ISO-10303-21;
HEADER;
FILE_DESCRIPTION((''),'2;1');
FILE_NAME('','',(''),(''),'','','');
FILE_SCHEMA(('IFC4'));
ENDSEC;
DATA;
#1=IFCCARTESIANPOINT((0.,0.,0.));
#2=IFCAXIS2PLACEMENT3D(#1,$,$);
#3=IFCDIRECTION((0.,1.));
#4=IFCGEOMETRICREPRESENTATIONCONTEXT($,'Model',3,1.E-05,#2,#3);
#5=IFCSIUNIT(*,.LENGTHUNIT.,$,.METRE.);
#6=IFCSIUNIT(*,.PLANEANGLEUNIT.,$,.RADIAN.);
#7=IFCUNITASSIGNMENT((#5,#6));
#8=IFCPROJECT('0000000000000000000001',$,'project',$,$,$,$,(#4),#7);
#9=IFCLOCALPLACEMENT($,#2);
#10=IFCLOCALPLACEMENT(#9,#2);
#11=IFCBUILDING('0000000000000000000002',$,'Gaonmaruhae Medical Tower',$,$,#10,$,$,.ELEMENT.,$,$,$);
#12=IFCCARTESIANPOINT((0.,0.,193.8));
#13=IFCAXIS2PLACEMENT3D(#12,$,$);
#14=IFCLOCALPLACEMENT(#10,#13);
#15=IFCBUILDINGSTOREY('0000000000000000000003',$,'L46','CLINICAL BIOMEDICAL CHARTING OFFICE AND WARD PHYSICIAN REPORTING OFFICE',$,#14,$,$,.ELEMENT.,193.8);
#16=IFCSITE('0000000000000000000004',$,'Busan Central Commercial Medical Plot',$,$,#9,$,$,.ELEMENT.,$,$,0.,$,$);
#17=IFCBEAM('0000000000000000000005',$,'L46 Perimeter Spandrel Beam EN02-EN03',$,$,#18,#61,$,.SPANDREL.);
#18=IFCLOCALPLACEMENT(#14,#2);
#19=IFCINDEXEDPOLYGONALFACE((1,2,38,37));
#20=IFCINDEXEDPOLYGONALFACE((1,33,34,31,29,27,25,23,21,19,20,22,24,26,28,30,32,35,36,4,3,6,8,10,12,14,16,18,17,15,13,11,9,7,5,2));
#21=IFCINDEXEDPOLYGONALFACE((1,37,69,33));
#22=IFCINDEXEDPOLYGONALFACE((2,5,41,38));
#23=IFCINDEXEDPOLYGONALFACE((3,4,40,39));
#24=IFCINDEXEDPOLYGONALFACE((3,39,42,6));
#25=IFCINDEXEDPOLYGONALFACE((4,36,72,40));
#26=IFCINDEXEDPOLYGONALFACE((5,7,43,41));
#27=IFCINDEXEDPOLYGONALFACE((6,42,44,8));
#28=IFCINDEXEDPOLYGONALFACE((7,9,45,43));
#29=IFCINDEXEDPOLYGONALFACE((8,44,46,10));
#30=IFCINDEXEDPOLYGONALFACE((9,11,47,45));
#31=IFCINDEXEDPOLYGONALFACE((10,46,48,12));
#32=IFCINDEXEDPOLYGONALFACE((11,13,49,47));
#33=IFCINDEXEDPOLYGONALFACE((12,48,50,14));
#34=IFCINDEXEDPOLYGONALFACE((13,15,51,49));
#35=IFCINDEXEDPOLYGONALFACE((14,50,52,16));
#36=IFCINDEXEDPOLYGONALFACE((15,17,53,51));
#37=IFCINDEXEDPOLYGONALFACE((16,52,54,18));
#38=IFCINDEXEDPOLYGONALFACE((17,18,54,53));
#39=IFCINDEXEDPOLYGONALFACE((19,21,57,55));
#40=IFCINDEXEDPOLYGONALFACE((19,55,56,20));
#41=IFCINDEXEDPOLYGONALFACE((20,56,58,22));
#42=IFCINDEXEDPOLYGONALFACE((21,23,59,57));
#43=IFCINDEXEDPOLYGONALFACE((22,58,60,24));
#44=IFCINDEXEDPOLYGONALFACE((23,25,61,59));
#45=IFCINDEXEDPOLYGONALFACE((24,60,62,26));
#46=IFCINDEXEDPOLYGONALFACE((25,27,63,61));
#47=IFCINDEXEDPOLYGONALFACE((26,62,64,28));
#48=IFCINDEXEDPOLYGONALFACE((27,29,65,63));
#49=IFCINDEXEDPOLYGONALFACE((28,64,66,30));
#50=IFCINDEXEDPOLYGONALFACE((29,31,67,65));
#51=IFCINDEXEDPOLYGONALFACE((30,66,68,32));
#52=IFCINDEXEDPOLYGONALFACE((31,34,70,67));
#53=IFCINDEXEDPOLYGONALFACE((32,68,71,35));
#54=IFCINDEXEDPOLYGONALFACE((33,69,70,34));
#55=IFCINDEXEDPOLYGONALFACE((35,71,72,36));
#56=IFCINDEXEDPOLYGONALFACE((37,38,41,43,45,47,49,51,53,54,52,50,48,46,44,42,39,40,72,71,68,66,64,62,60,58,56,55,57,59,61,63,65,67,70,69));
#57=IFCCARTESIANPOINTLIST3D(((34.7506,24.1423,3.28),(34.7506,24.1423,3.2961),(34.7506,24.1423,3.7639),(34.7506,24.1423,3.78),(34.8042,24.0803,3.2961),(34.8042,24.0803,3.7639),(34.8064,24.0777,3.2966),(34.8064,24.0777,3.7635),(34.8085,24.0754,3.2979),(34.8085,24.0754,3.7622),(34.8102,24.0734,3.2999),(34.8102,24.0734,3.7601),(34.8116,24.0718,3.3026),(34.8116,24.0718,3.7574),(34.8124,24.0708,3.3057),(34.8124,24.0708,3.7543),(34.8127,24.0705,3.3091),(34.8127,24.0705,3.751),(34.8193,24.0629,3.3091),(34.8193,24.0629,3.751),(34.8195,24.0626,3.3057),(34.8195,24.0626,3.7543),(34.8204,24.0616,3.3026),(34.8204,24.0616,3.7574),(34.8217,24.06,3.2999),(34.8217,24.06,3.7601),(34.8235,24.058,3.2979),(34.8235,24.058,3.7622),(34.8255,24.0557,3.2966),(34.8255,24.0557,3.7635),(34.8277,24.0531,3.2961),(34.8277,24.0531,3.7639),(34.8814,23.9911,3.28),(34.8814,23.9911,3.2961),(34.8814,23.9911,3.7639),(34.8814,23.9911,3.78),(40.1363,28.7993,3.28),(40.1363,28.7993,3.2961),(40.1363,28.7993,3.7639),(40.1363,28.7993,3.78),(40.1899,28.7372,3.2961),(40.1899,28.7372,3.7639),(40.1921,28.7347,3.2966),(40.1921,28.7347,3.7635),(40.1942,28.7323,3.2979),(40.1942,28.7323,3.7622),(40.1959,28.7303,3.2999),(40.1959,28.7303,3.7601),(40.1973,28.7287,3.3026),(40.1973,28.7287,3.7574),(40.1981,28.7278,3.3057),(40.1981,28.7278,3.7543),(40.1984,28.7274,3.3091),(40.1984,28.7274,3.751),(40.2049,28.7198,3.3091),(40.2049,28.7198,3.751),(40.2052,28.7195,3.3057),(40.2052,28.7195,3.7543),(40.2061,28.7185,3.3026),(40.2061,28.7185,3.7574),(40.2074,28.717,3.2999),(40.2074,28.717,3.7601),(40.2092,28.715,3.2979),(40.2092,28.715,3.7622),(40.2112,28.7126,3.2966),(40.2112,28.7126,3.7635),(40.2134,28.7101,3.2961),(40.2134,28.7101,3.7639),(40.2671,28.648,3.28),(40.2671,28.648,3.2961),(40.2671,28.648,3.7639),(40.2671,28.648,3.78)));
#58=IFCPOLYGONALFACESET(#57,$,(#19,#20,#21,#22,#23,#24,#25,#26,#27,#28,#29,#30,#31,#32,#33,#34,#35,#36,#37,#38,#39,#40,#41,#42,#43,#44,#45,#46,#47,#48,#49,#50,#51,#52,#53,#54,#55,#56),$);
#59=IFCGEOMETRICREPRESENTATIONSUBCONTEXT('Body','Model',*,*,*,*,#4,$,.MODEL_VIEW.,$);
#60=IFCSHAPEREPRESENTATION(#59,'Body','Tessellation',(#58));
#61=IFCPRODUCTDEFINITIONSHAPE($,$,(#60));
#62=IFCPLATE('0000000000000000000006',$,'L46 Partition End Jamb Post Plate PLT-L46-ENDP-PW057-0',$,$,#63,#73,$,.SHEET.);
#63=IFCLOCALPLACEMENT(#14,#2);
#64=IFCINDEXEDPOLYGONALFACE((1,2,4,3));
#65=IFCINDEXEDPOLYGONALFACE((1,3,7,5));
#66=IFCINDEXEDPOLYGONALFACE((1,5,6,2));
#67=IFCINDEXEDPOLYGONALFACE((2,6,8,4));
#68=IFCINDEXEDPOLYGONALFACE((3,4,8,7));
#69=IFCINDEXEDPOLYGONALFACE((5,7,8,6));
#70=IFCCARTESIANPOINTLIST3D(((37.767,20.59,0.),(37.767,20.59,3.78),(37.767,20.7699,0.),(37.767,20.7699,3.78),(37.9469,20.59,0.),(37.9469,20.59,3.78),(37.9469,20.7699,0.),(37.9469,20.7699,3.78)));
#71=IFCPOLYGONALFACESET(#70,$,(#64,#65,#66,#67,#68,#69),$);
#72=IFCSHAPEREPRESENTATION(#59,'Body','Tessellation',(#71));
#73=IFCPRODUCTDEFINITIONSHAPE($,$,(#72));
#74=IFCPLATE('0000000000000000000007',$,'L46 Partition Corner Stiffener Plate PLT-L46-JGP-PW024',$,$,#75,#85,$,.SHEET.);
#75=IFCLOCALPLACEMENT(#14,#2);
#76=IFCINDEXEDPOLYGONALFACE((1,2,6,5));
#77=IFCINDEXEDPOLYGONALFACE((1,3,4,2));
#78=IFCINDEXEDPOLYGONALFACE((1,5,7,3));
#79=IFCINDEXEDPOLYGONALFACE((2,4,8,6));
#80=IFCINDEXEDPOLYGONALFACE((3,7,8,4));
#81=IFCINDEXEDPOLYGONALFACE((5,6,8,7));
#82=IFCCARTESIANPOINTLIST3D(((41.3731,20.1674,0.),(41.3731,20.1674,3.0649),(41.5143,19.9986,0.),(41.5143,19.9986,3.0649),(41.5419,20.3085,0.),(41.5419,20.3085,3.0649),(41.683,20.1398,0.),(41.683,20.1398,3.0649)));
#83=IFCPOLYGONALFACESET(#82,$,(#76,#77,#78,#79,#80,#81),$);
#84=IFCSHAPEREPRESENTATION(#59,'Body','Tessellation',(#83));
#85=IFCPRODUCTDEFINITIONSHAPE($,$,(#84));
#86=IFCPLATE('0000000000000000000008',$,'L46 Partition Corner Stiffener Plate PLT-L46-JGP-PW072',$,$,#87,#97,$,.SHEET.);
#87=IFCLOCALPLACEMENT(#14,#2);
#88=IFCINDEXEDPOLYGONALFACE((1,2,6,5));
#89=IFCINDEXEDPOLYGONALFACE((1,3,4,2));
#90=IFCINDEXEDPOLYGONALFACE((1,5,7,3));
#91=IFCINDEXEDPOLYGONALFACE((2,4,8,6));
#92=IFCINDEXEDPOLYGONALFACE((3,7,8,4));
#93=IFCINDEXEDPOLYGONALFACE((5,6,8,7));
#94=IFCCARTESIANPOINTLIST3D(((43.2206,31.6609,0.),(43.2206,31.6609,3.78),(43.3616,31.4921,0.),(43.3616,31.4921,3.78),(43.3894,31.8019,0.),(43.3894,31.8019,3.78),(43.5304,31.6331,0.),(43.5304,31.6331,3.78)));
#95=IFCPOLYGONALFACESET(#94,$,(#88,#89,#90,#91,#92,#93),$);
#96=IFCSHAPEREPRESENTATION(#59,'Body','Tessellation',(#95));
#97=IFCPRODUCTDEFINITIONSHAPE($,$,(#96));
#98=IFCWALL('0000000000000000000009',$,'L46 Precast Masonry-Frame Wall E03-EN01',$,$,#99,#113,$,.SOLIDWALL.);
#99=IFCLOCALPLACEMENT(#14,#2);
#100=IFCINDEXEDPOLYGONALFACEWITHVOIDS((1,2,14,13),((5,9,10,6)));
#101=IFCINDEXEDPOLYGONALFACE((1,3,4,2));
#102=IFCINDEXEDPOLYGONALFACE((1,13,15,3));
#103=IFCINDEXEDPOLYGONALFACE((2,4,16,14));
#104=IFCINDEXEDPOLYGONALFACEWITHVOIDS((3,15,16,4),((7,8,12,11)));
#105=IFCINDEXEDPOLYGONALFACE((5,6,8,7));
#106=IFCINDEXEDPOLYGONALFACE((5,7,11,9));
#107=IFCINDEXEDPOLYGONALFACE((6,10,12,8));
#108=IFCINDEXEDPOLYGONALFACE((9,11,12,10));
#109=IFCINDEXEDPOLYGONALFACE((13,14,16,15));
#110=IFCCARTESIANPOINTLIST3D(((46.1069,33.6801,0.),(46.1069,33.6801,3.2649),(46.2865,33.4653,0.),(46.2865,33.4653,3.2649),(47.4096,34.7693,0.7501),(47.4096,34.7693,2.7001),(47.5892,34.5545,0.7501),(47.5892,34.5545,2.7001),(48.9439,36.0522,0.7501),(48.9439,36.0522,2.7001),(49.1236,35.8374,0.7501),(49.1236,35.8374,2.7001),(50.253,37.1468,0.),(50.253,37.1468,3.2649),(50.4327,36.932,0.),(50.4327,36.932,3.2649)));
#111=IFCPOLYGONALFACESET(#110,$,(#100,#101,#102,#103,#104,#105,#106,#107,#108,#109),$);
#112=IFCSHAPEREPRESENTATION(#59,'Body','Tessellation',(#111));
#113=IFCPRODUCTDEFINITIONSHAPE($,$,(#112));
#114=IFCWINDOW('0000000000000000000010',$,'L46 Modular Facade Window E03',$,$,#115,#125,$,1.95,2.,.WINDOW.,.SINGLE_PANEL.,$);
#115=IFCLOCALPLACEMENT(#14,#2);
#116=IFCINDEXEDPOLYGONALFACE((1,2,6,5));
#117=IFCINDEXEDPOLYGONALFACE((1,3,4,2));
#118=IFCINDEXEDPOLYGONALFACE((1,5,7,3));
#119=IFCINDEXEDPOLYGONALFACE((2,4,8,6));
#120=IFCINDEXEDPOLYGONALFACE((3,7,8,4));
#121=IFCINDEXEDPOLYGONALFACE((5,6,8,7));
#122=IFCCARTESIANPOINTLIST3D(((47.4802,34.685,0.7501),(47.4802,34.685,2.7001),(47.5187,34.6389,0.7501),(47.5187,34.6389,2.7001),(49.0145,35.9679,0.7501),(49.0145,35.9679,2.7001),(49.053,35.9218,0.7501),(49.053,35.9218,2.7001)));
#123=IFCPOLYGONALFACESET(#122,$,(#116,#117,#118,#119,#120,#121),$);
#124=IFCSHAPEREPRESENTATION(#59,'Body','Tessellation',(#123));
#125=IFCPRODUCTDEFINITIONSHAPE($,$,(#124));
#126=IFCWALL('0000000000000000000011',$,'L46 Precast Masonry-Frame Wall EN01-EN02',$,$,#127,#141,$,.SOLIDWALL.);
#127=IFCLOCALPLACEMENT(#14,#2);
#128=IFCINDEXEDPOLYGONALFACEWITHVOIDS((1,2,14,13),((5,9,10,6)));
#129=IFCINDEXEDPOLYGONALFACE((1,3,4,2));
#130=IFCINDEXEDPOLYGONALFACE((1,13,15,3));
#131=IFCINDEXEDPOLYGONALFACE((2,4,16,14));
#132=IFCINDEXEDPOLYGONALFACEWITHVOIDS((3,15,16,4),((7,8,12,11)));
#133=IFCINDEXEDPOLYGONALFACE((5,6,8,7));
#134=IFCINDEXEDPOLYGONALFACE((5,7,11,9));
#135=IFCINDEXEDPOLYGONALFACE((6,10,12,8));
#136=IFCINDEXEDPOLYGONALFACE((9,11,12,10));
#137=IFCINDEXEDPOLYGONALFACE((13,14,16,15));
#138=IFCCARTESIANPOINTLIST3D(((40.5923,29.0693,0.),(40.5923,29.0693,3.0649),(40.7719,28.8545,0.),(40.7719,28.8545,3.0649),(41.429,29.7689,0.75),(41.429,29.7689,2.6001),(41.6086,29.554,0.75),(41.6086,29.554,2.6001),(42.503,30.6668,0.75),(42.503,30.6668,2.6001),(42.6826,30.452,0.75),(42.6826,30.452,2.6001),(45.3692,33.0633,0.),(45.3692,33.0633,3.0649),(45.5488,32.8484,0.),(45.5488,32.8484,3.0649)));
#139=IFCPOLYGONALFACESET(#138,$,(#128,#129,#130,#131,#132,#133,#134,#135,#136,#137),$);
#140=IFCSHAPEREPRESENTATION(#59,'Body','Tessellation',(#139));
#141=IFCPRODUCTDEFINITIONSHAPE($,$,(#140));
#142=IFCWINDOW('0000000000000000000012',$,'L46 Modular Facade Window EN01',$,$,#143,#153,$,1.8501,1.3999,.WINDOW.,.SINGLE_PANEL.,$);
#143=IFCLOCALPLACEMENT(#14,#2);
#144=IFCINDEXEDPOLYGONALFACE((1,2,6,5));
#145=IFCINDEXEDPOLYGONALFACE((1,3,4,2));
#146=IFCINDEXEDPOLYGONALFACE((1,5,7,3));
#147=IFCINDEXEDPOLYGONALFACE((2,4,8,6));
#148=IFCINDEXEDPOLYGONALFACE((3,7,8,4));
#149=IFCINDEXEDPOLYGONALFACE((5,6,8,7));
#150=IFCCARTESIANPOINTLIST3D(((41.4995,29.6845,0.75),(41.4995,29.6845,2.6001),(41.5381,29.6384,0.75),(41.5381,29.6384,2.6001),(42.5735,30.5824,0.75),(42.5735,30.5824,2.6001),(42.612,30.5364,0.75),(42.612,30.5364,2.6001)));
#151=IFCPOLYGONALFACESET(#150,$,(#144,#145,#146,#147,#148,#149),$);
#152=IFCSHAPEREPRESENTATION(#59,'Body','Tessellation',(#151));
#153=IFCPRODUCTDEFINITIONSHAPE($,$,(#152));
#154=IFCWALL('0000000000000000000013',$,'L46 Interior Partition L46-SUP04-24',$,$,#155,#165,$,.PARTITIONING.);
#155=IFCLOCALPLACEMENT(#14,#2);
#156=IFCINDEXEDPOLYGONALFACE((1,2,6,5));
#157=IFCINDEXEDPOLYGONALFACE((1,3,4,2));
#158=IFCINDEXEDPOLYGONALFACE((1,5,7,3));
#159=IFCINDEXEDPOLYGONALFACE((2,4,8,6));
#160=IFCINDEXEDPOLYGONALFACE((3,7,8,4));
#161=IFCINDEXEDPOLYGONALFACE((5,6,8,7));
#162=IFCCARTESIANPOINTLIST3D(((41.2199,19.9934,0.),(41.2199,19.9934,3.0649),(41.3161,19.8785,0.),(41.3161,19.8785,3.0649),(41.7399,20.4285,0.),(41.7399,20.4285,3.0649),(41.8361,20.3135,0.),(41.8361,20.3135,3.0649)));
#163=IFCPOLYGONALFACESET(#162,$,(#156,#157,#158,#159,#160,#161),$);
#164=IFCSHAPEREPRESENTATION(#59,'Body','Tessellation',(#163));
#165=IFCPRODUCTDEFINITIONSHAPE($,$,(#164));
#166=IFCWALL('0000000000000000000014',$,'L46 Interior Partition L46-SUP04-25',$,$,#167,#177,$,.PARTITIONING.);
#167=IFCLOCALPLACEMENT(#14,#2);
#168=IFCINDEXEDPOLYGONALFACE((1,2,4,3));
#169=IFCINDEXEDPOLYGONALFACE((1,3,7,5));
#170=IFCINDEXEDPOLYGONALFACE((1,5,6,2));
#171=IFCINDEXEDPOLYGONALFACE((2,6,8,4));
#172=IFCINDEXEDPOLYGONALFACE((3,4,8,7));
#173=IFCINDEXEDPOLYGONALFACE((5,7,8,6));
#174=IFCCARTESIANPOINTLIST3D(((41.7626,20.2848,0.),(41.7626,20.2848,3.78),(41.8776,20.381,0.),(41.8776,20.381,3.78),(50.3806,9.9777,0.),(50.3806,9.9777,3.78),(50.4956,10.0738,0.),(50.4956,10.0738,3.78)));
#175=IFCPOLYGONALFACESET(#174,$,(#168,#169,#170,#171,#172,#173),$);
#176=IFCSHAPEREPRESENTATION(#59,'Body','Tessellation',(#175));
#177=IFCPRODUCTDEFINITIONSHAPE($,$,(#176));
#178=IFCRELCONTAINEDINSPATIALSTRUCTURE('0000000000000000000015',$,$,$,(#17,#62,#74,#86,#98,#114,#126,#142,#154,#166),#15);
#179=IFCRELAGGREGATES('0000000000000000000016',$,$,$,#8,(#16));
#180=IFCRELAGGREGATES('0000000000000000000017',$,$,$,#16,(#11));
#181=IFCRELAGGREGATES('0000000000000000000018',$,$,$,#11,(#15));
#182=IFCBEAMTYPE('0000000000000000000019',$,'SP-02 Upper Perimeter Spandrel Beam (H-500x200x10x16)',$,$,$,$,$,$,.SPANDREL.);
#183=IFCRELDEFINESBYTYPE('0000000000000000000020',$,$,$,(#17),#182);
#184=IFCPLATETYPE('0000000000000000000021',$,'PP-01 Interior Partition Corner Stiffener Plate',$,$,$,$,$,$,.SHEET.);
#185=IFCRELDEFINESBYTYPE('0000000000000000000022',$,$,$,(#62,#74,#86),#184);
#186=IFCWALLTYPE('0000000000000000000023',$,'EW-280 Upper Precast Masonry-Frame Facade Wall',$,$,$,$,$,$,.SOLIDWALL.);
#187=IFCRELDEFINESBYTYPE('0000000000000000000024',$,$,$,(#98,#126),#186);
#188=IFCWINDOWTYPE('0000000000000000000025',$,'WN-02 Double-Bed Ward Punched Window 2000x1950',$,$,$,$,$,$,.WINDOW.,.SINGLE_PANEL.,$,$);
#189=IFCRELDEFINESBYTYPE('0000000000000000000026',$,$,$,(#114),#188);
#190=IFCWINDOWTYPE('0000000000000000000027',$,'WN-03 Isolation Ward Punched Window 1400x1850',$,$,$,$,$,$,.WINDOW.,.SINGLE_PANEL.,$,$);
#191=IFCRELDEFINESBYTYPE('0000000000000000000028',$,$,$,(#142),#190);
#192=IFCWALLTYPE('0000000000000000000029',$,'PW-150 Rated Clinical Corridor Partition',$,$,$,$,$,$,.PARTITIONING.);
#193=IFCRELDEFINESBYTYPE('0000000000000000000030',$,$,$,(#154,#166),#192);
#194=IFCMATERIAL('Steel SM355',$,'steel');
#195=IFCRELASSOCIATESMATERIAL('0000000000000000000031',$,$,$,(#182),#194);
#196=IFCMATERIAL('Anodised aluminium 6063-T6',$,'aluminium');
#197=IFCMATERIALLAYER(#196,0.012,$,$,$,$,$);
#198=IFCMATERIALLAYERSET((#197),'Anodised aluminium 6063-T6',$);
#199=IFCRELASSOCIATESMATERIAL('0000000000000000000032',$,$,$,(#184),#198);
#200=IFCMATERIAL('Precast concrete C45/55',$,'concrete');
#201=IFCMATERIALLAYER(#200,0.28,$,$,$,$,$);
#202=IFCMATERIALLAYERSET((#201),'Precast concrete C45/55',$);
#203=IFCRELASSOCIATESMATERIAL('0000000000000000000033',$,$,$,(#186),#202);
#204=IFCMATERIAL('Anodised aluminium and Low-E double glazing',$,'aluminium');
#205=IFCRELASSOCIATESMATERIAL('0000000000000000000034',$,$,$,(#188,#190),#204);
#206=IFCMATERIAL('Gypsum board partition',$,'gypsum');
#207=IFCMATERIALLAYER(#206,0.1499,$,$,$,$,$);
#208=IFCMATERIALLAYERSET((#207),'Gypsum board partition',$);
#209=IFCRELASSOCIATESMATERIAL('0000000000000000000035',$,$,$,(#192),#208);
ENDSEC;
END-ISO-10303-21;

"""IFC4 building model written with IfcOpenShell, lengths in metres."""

from ifc_helpers import new_model, si_unit, direction, frame, frame_2d, origin, origin_2d, place, context, subcontext, project, spatial, rectangle, i_section, extrude, material, layer, layer_set, material_profile, profile_set, type_object, element, fill, save


model = new_model("IFC4")

# Units and contexts
model_context = context("Model", 3, precision=1e-05, world=origin(), true_north=direction((0.0, 1.0)))
body_context = subcontext(model_context, "Body", "Model", "MODEL_VIEW")
ifc_project = project(units=[si_unit("LENGTHUNIT", "METRE"), si_unit("PLANEANGLEUNIT", "RADIAN")], contexts=[model_context])

# Site, building, storey
site_placement = place(None, origin())
site = spatial("IfcSite", under=ifc_project, at=site_placement, Name="Busan Central Commercial Medical Plot", CompositionType="ELEMENT", RefElevation=0.0)
building_placement = place(site_placement, origin())
building = spatial("IfcBuilding", under=site, at=building_placement, Name="Gaonmaruhae Medical Tower", CompositionType="ELEMENT")
storey_placement = place(building_placement, frame((0.0, 0.0, 193.8)))
storey = spatial("IfcBuildingStorey", under=building, at=storey_placement, Name="L46", Description="CLINICAL BIOMEDICAL CHARTING OFFICE AND WARD PHYSICIAN REPORTING OFFICE", CompositionType="ELEMENT", Elevation=193.8)

# Beam
ifc_material_1 = material(Name="Steel SM355", Category="steel")
ifc_material_profile_1 = material_profile(ifc_material_1, i_section(OverallWidth=0.2, OverallDepth=0.5, WebThickness=0.01, FlangeThickness=0.0161, FilletRadius=0.0129, at=origin_2d()), Name="H-500x200x10x16")
ifc_profile_set_1 = profile_set([ifc_material_profile_1], Name="Steel SM355")
beam_type_1 = type_object("IfcBeamType", Name="SP-02 Upper Perimeter Spandrel Beam (H-500x200x10x16)", PredefinedType="SPANDREL", material=ifc_profile_set_1)
for number, where, z_axis, x_axis, name in (
    (1, (40.2017, 28.7236, 3.53), (-0.75643, -0.654075, 0.0), (0.654075, -0.75643, 0.0), "L46 Perimeter Spandrel Beam EN02-EN03"),
):
    element("IfcBeam", number, at=place(storey_placement, frame(where, z_axis=z_axis, x_axis=x_axis)), inside=storey, type_object=beam_type_1, Name=name, PredefinedType="SPANDREL", context=body_context, shape_type="SweptSolid", body=[
        extrude(i_section(OverallWidth=0.2, OverallDepth=0.5, WebThickness=0.01, FlangeThickness=0.0161, FilletRadius=0.0129, at=origin_2d()), origin(), (0.0, 0.0, 1.0), 7.1199),
    ])

# Plates
ifc_material_2 = material(Name="Anodised aluminium 6063-T6", Category="aluminium")
ifc_layer_1 = layer(ifc_material_2, 0.012)
ifc_layer_set_1 = layer_set([ifc_layer_1], Name="Anodised aluminium 6063-T6")
plate_type = type_object("IfcPlateType", Name="PP-01 Interior Partition Corner Stiffener Plate", PredefinedType="SHEET", material=ifc_layer_set_1)
plate_1_placement = place(storey_placement, frame((37.8569, 20.6799, 0.0), z_axis=(0.0, 0.0, 1.0), x_axis=(-1.0, 0.0, 0.0)))
element("IfcPlate", 2, at=plate_1_placement, inside=storey, type_object=plate_type, Name="L46 Partition End Jamb Post Plate PLT-L46-ENDP-PW057-0", PredefinedType="SHEET", context=body_context, shape_type="SweptSolid", body=[
    extrude(rectangle(XDim=0.1799, YDim=0.1799, at=origin_2d()), origin(), (0.0, 0.0, 1.0), 3.78),
])
plate_2_placement = place(storey_placement, frame((41.5281, 20.1536, 0.0), z_axis=(0.0, 0.0, 1.0), x_axis=(0.767008, 0.641637, 0.0)))
element("IfcPlate", 3, at=plate_2_placement, inside=storey, type_object=plate_type, Name="L46 Partition Corner Stiffener Plate PLT-L46-JGP-PW024", PredefinedType="SHEET", context=body_context, shape_type="SweptSolid", body=[
    extrude(rectangle(XDim=0.22, YDim=0.22, at=origin_2d()), origin(), (0.0, 0.0, 1.0), 3.0649),
])
plate_3_placement = place(storey_placement, frame((43.3755, 31.647, 0.0), z_axis=(0.0, 0.0, 1.0), x_axis=(0.641088, -0.767467, 0.0)))
element("IfcPlate", 4, at=plate_3_placement, inside=storey, type_object=plate_type, Name="L46 Partition Corner Stiffener Plate PLT-L46-JGP-PW072", PredefinedType="SHEET", context=body_context, shape_type="SweptSolid", body=[
    extrude(rectangle(XDim=0.22, YDim=0.22, at=origin_2d()), origin(), (0.0, 0.0, 1.0), 3.78),
])

# Walls, openings, windows
ifc_material_3 = material(Name="Precast concrete C45/55", Category="concrete")
ifc_layer_2 = layer(ifc_material_3, 0.28)
ifc_layer_set_2 = layer_set([ifc_layer_2], Name="Precast concrete C45/55")
wall_type_1 = type_object("IfcWallType", Name="EW-280 Upper Precast Masonry-Frame Facade Wall", PredefinedType="SOLIDWALL", material=ifc_layer_set_2)
wall_1_placement = place(storey_placement, frame((46.1968, 33.5728, 0.0), z_axis=(0.0, 0.0, 1.0), x_axis=(0.767165, 0.64145, 0.0)))
wall_1 = element("IfcWall", 5, at=wall_1_placement, inside=storey, type_object=wall_type_1, Name="L46 Precast Masonry-Frame Wall E03-EN01", PredefinedType="SOLIDWALL", context=body_context, shape_type="SweptSolid", body=[
    extrude(rectangle(XDim=5.4045, YDim=0.28, at=frame_2d((2.7021, 0.0))), origin(), (0.0, 0.0, 1.0), 3.2649),
])
opening_1_placement = place(wall_1_placement, frame((1.698, 0.0, 0.75)))
opening_1 = element("IfcOpeningElement", 6, at=opening_1_placement, cuts=wall_1, PredefinedType="OPENING", context=body_context, shape_type="SweptSolid", body=[
    extrude(rectangle(XDim=2.0, YDim=1.95, at=frame_2d((1.0, 0.9751))), frame((0.0, 0.1499, 0.0), z_axis=(0.0, -1.0, 0.0), x_axis=(1.0, 0.0, 0.0)), (0.0, 0.0, 1.0), 0.3),
])
ifc_material_4 = material(Name="Anodised aluminium and Low-E double glazing", Category="aluminium")
window_type_1 = type_object("IfcWindowType", Name="WN-02 Double-Bed Ward Punched Window 2000x1950", PartitioningType="SINGLE_PANEL", PredefinedType="WINDOW", material=ifc_material_4)
window_1_placement = place(opening_1_placement, origin())
window_1 = element("IfcWindow", 7, at=window_1_placement, inside=storey, type_object=window_type_1, Name="L46 Modular Facade Window E03", OverallHeight=1.95, OverallWidth=2.0, PartitioningType="SINGLE_PANEL", PredefinedType="WINDOW", context=body_context, shape_type="SweptSolid", body=[
    extrude(rectangle(XDim=2.0, YDim=1.95, at=frame_2d((1.0, 0.9751))), frame((0.0, 0.03, 0.0), z_axis=(0.0, -1.0, 0.0), x_axis=(1.0, 0.0, 0.0)), (0.0, 0.0, 1.0), 0.0601),
])
fill(opening_1, window_1)
wall_2_placement = place(storey_placement, frame((40.6821, 28.9619, 0.0), z_axis=(0.0, 0.0, 1.0), x_axis=(0.767179, 0.641433, 0.0)))
wall_2 = element("IfcWall", 8, at=wall_2_placement, inside=storey, type_object=wall_type_1, Name="L46 Precast Masonry-Frame Wall EN01-EN02", PredefinedType="SOLIDWALL", context=body_context, shape_type="SweptSolid", body=[
    extrude(rectangle(XDim=6.2266, YDim=0.28, at=frame_2d((3.1133, 0.0))), origin(), (0.0, 0.0, 1.0), 3.0649),
])
opening_2_placement = place(wall_2_placement, frame((1.0906, 0.0, 0.75)))
opening_2 = element("IfcOpeningElement", 9, at=opening_2_placement, cuts=wall_2, PredefinedType="OPENING", context=body_context, shape_type="SweptSolid", body=[
    extrude(rectangle(XDim=1.3999, YDim=1.8501, at=frame_2d((0.7, 0.925))), frame((0.0, 0.1499, 0.0), z_axis=(0.0, -1.0, 0.0), x_axis=(1.0, 0.0, 0.0)), (0.0, 0.0, 1.0), 0.3),
])
window_type_2 = type_object("IfcWindowType", Name="WN-03 Isolation Ward Punched Window 1400x1850", PartitioningType="SINGLE_PANEL", PredefinedType="WINDOW", material=ifc_material_4)
window_2_placement = place(opening_2_placement, origin())
window_2 = element("IfcWindow", 10, at=window_2_placement, inside=storey, type_object=window_type_2, Name="L46 Modular Facade Window EN01", OverallHeight=1.8501, OverallWidth=1.3999, PartitioningType="SINGLE_PANEL", PredefinedType="WINDOW", context=body_context, shape_type="SweptSolid", body=[
    extrude(rectangle(XDim=1.3999, YDim=1.8501, at=frame_2d((0.7, 0.925))), frame((0.0, 0.03, 0.0), z_axis=(0.0, -1.0, 0.0), x_axis=(1.0, 0.0, 0.0)), (0.0, 0.0, 1.0), 0.0601),
])
fill(opening_2, window_2)

# Walls
ifc_material_5 = material(Name="Gypsum board partition", Category="gypsum")
ifc_layer_3 = layer(ifc_material_5, 0.1499)
ifc_layer_set_3 = layer_set([ifc_layer_3], Name="Gypsum board partition")
wall_type_2 = type_object("IfcWallType", Name="PW-150 Rated Clinical Corridor Partition", PredefinedType="PARTITIONING", material=ifc_layer_set_3)
wall_3_placement = place(storey_placement, frame((41.2681, 19.936, 0.0), z_axis=(0.0, 0.0, 1.0), x_axis=(0.76698, 0.641671, 0.0)))
element("IfcWall", 11, at=wall_3_placement, inside=storey, type_object=wall_type_2, Name="L46 Interior Partition L46-SUP04-24", PredefinedType="PARTITIONING", context=body_context, shape_type="SweptSolid", body=[
    extrude(rectangle(XDim=0.678, YDim=0.1499, at=frame_2d((0.3389, 0.0))), origin(), (0.0, 0.0, 1.0), 3.0649),
])
wall_4_placement = place(storey_placement, frame((41.8201, 20.333, 0.0), z_axis=(0.0, 0.0, 1.0), x_axis=(0.641442, -0.767172, 0.0)))
element("IfcWall", 12, at=wall_4_placement, inside=storey, type_object=wall_type_2, Name="L46 Interior Partition L46-SUP04-25", PredefinedType="PARTITIONING", context=body_context, shape_type="SweptSolid", body=[
    extrude(rectangle(XDim=13.4353, YDim=0.1499, at=frame_2d((6.7178, 0.0))), origin(), (0.0, 0.0, 1.0), 3.78),
])

save(model, "model.ifc")
